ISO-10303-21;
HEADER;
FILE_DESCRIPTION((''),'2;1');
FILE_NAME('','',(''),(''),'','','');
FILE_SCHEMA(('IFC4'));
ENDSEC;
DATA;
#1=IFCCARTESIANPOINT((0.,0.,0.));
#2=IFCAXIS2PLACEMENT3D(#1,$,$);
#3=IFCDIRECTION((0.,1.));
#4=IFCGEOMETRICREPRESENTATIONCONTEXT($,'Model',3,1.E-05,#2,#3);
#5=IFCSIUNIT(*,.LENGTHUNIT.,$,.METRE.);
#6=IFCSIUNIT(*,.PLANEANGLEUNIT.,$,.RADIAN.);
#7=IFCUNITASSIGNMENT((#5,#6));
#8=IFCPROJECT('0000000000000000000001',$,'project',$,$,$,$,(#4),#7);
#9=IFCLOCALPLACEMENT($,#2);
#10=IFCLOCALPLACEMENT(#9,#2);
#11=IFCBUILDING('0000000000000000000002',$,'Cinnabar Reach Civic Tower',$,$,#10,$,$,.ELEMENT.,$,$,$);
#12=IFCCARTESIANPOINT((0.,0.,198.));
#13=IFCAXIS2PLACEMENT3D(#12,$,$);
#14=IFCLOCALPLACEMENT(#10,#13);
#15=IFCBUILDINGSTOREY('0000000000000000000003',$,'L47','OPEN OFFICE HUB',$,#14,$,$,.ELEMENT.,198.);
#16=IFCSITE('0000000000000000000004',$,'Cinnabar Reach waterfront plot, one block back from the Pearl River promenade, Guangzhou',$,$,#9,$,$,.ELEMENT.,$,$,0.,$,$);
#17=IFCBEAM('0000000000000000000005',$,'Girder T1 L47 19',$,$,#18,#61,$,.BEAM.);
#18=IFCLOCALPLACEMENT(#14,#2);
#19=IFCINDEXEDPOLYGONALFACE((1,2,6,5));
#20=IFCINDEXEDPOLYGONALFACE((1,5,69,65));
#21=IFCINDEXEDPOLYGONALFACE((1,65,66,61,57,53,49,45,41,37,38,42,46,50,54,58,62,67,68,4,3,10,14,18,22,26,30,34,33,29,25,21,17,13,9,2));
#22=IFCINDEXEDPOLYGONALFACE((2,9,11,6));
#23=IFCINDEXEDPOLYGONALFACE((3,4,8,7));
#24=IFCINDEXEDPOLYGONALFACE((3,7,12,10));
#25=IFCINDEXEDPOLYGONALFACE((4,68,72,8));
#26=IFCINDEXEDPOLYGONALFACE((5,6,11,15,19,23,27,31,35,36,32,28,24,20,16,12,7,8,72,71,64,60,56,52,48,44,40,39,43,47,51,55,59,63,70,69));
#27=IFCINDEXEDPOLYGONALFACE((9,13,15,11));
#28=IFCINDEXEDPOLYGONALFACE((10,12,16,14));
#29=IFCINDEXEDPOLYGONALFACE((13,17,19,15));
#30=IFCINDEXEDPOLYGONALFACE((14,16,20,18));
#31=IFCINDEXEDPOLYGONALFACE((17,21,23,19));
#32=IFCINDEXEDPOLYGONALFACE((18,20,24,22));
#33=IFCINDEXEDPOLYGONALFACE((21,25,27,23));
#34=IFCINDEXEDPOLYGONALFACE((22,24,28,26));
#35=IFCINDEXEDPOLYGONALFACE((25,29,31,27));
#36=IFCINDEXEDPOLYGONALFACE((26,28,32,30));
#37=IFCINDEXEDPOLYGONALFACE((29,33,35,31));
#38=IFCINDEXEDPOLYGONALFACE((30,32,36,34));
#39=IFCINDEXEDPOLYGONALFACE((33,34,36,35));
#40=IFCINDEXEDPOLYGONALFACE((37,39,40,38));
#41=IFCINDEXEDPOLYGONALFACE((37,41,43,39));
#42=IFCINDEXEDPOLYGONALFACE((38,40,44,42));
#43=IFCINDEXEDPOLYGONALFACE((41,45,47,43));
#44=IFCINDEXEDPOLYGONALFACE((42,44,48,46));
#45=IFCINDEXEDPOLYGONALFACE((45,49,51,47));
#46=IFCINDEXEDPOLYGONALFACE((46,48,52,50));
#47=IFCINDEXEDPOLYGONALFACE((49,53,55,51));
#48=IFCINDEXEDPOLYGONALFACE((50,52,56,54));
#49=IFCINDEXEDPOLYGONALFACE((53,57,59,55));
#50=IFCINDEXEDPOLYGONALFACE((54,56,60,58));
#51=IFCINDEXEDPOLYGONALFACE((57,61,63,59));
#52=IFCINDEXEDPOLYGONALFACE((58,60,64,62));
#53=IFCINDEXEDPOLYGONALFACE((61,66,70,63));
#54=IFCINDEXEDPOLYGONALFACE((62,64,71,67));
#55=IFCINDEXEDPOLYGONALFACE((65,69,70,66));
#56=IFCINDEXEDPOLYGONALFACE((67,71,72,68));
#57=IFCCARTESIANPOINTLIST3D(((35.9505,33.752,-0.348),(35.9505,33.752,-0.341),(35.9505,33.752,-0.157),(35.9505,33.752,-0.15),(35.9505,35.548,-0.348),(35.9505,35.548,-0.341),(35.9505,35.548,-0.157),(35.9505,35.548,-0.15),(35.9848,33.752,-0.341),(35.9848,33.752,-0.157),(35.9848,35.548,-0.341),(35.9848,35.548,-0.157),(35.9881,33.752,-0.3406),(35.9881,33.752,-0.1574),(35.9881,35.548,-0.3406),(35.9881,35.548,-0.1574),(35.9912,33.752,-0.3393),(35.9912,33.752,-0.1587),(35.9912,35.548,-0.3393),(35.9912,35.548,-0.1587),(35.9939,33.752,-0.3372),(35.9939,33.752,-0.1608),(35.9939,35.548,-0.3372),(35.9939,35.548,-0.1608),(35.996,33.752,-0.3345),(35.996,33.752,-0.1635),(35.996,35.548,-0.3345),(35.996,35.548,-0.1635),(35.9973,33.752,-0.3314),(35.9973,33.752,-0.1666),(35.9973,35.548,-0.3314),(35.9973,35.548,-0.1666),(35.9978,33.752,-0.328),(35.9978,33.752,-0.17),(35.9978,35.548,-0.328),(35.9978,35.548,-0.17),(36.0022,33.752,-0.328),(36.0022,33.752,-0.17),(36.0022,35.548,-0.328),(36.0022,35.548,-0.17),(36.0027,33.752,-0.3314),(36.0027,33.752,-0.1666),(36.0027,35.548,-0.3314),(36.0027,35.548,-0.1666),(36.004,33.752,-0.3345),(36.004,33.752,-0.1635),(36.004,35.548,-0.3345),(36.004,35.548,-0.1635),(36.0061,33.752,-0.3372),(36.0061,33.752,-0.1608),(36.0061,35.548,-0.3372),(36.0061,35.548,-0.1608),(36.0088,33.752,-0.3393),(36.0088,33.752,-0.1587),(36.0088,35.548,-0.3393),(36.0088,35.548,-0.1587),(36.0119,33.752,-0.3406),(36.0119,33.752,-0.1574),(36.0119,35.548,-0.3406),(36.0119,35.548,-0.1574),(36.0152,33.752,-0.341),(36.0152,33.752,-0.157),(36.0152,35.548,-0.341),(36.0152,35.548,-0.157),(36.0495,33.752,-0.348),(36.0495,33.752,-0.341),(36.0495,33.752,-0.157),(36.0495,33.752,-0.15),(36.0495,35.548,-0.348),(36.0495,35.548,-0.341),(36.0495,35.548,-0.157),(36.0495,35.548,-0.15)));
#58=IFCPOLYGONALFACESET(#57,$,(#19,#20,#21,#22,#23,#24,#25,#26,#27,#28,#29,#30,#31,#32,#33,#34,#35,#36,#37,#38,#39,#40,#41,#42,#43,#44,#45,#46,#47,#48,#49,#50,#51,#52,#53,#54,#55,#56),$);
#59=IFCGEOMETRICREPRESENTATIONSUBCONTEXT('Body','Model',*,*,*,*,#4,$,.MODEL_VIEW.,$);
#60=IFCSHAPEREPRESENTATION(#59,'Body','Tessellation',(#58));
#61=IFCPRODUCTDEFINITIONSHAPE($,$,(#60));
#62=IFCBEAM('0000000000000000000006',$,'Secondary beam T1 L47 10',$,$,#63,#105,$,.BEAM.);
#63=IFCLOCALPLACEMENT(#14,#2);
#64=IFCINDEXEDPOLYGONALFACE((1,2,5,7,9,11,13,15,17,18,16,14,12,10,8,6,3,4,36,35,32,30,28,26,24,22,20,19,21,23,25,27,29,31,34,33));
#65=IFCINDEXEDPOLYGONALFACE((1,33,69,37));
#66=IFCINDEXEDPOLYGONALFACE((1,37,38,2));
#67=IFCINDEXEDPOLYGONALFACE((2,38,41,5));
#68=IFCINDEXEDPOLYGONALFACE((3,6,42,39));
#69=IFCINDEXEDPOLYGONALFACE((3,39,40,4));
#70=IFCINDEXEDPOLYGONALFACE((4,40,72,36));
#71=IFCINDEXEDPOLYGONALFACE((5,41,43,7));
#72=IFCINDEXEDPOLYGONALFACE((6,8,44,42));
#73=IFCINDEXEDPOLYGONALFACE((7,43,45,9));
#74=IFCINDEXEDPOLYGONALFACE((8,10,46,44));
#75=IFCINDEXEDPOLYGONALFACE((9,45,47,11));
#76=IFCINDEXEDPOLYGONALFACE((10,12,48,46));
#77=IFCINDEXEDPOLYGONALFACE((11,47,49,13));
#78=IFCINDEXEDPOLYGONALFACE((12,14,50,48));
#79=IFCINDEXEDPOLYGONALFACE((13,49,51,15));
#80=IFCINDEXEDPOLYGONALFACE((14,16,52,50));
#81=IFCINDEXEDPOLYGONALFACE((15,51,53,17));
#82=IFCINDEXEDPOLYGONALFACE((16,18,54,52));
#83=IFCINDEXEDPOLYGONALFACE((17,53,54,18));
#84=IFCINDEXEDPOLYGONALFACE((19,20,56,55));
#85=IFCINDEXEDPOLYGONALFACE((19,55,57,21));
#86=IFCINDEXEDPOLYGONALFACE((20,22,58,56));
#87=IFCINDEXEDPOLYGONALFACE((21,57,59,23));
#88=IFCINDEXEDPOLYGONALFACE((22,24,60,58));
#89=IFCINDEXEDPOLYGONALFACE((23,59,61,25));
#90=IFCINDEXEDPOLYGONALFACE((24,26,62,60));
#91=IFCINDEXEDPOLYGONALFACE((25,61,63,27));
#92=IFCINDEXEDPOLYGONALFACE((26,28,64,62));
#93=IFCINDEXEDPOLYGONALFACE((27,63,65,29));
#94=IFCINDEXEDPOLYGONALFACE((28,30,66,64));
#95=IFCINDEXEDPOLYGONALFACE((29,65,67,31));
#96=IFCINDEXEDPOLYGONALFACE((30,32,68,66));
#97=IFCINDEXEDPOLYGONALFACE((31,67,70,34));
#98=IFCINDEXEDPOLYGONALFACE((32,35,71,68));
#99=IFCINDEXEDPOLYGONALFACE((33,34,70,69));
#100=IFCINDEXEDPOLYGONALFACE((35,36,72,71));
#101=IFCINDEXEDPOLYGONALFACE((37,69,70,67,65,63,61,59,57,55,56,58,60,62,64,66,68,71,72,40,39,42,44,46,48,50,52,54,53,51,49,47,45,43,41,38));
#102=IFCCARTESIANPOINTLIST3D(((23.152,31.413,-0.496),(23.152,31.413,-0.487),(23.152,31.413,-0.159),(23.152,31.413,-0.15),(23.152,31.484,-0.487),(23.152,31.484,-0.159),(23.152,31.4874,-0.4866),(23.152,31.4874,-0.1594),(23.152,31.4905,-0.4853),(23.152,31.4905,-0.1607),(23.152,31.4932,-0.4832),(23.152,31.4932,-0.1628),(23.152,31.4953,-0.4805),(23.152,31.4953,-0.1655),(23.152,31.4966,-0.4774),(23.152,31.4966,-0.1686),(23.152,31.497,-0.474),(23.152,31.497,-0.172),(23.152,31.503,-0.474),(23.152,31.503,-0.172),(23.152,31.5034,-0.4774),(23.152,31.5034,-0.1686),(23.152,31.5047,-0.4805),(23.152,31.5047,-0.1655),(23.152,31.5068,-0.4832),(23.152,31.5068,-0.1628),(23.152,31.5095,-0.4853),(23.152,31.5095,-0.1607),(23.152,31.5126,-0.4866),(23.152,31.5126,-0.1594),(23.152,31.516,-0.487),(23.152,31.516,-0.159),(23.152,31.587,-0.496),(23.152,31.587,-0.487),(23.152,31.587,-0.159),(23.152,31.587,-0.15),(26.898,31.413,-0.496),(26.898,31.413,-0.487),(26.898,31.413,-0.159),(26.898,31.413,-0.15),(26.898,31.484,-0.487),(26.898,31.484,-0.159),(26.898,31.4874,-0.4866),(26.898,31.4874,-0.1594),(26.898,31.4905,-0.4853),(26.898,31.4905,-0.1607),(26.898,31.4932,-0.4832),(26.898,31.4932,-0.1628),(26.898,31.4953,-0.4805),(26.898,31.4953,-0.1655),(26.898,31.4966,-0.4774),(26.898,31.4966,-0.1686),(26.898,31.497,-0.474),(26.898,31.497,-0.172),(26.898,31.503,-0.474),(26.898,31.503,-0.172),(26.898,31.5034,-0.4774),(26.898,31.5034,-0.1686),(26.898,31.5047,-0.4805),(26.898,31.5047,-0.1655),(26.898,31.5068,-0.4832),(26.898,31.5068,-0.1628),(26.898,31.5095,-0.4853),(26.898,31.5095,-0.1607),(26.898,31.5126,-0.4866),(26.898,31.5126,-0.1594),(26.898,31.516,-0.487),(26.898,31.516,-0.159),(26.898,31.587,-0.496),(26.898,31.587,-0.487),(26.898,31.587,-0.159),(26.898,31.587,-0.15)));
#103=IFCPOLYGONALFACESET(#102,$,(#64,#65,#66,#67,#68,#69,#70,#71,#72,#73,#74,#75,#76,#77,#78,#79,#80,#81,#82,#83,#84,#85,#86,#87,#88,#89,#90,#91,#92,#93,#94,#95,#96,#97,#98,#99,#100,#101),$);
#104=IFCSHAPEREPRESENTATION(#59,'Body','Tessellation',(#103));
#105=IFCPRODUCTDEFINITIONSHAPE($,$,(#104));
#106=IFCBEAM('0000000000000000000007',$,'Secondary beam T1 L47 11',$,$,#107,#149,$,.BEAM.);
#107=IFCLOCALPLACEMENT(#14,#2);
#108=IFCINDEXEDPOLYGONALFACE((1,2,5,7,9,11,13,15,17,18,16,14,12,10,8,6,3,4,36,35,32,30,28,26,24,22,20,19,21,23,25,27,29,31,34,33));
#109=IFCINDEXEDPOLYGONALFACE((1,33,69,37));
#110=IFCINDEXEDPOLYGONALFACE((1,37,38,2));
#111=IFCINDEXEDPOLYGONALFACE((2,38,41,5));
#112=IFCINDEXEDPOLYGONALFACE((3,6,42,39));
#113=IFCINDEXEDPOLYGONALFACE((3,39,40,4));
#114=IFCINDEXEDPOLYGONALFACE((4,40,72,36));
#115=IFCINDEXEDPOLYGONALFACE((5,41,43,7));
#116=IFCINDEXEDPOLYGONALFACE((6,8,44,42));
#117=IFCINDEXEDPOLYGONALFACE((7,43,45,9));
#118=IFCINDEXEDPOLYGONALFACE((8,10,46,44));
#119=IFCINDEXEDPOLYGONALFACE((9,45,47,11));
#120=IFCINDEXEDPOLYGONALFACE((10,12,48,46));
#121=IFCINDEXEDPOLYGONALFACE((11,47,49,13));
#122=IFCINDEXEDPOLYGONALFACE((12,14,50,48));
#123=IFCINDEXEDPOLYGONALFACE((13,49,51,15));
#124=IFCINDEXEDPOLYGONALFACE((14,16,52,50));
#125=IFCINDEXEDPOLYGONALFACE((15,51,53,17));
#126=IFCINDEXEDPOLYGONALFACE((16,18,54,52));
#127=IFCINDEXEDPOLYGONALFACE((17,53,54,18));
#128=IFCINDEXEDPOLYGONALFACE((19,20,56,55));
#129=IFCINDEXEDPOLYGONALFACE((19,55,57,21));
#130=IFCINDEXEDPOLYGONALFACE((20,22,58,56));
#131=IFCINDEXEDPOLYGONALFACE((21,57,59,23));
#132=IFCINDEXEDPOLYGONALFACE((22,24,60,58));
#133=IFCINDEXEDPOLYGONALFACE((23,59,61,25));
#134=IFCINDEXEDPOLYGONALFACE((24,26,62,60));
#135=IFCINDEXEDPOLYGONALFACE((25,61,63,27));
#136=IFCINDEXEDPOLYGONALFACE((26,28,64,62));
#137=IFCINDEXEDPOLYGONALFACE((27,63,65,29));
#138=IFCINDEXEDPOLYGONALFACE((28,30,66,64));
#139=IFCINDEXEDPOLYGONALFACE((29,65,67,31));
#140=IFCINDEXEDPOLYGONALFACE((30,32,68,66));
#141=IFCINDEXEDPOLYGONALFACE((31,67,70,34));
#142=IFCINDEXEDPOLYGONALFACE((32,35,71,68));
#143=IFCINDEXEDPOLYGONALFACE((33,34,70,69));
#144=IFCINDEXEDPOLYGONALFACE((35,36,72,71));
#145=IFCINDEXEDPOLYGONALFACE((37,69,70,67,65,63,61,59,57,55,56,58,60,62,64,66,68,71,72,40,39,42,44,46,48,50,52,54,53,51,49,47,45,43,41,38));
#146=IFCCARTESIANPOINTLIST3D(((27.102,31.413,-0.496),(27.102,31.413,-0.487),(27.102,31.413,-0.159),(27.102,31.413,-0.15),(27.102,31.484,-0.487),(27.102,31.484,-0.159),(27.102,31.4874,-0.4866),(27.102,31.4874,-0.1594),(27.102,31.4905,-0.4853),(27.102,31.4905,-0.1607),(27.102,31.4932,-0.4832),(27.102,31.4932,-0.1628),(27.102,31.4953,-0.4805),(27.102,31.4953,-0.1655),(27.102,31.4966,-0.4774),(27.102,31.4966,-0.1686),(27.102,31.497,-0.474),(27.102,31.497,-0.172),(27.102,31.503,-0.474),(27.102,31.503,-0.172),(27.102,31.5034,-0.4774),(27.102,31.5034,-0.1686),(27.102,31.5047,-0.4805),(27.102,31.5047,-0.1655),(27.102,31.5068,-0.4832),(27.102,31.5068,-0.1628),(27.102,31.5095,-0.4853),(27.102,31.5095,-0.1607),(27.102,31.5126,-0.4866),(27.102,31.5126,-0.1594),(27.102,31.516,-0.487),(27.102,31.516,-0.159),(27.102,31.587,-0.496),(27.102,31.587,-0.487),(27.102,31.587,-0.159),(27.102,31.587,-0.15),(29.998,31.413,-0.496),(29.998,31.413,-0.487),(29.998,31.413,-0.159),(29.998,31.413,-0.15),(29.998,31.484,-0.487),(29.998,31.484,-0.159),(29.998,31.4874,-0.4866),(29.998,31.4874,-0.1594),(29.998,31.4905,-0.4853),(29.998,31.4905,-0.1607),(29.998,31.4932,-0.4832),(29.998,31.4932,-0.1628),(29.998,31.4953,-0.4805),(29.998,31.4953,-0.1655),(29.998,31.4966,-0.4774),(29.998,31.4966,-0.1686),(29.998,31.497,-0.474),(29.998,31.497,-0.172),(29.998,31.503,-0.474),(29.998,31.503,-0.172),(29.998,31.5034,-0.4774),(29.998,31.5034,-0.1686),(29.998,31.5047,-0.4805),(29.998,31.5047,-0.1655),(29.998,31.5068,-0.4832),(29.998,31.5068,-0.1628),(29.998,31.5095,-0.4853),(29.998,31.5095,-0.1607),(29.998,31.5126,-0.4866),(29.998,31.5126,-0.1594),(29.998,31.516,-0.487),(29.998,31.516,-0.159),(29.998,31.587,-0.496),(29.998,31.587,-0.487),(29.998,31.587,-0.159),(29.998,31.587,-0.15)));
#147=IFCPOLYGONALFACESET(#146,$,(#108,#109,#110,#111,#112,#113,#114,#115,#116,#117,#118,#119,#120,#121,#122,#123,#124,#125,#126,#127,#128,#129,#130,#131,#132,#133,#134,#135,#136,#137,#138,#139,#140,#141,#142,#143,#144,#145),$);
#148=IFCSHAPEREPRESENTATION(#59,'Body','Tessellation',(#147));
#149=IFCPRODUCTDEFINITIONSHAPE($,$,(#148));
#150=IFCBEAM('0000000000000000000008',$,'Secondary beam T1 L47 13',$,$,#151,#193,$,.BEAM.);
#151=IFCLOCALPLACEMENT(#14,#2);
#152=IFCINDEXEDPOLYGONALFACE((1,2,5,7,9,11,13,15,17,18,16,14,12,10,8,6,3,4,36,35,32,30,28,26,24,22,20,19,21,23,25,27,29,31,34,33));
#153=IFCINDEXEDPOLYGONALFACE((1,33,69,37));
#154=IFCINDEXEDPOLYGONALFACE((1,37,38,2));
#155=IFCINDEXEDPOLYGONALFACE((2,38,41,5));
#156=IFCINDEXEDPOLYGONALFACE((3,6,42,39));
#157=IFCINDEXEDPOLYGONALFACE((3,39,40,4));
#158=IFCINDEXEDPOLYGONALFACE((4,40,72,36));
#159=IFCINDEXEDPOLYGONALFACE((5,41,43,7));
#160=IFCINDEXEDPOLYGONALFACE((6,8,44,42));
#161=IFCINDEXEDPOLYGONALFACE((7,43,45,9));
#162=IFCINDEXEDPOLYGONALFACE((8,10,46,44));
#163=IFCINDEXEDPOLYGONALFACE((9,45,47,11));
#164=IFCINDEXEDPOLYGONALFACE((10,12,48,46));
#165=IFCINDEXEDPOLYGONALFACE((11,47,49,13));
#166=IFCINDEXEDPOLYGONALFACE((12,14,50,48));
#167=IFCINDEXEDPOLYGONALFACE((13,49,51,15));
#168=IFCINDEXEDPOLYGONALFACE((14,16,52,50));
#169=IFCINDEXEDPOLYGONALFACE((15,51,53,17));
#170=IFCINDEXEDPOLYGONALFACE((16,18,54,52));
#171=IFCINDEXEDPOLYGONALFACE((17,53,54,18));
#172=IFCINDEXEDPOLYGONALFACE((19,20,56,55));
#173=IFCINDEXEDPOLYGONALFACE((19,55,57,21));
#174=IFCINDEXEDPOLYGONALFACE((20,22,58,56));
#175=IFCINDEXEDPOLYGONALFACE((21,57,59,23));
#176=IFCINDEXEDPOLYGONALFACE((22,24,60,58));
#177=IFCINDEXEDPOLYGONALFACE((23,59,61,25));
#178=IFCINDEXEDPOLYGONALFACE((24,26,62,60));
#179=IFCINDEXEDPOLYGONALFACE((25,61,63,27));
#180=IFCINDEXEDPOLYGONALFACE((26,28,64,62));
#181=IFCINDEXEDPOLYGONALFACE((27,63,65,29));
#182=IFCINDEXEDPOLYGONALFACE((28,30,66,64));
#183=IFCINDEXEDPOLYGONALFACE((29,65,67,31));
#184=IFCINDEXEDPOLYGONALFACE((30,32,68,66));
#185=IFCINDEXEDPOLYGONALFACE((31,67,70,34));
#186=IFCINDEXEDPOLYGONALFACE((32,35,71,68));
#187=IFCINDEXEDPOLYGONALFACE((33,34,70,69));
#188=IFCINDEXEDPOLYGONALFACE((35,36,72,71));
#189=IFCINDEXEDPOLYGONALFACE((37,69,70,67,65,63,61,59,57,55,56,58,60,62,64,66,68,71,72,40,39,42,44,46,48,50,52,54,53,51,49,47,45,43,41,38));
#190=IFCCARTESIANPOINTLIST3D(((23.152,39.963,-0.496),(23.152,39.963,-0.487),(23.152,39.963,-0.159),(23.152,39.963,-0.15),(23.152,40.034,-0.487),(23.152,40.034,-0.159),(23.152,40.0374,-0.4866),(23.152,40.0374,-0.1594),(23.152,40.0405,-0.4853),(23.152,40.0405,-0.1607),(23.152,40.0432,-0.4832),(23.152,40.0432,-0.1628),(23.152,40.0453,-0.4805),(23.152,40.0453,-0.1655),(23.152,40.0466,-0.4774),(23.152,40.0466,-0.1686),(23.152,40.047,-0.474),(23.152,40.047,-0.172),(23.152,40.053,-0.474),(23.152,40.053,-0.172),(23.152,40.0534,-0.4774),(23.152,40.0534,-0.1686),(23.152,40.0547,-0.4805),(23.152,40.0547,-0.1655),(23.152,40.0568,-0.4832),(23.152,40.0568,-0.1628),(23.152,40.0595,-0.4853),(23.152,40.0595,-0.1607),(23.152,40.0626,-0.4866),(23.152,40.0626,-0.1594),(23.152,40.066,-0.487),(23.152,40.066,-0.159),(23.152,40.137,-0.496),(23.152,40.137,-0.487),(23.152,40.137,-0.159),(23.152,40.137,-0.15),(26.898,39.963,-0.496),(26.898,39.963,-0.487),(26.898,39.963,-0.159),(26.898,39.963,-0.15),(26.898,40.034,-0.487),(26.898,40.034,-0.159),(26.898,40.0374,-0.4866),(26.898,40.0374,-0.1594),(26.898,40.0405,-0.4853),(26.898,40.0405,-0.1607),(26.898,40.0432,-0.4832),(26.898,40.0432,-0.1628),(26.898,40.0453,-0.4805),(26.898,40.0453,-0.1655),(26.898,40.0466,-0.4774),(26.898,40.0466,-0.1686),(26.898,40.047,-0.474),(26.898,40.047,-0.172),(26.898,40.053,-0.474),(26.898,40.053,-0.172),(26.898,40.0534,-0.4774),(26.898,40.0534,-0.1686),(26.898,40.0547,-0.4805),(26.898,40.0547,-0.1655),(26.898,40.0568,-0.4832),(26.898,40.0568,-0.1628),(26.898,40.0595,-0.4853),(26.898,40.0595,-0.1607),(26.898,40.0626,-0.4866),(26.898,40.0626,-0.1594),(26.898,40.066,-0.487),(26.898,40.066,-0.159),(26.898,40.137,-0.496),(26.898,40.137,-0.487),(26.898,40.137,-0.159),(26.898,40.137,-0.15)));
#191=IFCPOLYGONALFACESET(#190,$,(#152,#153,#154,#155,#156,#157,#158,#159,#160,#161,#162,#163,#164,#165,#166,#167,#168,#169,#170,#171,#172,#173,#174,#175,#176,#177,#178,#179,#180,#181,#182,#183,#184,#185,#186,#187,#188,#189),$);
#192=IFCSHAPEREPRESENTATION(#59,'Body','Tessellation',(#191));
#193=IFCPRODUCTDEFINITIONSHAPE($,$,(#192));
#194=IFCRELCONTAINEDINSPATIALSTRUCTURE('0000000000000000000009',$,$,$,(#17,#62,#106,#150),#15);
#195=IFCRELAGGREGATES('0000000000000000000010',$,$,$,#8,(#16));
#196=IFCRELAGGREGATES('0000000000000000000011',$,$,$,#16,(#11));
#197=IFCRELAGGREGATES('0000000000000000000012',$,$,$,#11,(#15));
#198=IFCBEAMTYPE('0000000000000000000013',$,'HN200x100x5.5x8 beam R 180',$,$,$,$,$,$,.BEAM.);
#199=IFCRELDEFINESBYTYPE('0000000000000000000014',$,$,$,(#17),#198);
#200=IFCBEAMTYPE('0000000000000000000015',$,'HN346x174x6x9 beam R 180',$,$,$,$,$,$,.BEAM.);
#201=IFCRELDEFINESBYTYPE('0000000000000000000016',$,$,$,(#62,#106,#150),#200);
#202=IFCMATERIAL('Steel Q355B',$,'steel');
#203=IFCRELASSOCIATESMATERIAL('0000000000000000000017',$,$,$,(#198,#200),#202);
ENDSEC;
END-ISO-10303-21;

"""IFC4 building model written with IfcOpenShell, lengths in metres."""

from ifc_helpers import new_model, si_unit, direction, frame, origin, origin_2d, place, context, subcontext, project, spatial, i_section, extrude, material, material_profile, profile_set, type_object, element, save


model = new_model("IFC4")

# Units and contexts
model_context = context("Model", 3, precision=1e-05, world=origin(), true_north=direction((0.0, 1.0)))
body_context = subcontext(model_context, "Body", "Model", "MODEL_VIEW")
ifc_project = project(units=[si_unit("LENGTHUNIT", "METRE"), si_unit("PLANEANGLEUNIT", "RADIAN")], contexts=[model_context])

# Site, building, storey
site_placement = place(None, origin())
site = spatial("IfcSite", under=ifc_project, at=site_placement, Name="Cinnabar Reach waterfront plot, one block back from the Pearl River promenade, Guangzhou", CompositionType="ELEMENT", RefElevation=0.0)
building_placement = place(site_placement, origin())
building = spatial("IfcBuilding", under=site, at=building_placement, Name="Cinnabar Reach Civic Tower", CompositionType="ELEMENT")
storey_placement = place(building_placement, frame((0.0, 0.0, 198.0)))
storey = spatial("IfcBuildingStorey", under=building, at=storey_placement, Name="L47", Description="OPEN OFFICE HUB", CompositionType="ELEMENT", Elevation=198.0)

# Beams
ifc_material_1 = material(Name="Steel Q355B", Category="steel")
ifc_material_profile_1 = material_profile(ifc_material_1, i_section(OverallWidth=0.099, OverallDepth=0.198, WebThickness=0.0045, FlangeThickness=0.007, FilletRadius=0.013, at=origin_2d()), Name="HN200x100x5.5x8")
ifc_profile_set_1 = profile_set([ifc_material_profile_1], Name="Steel Q355B")
beam_type_1 = type_object("IfcBeamType", Name="HN200x100x5.5x8 beam R 180", PredefinedType="BEAM", material=ifc_profile_set_1)
beam_1_placement = place(storey_placement, frame((36.0, 33.752, -0.249), z_axis=(0.0, 1.0, 0.0), x_axis=(-1.0, 0.0, 0.0)))
element("IfcBeam", 1, at=beam_1_placement, inside=storey, type_object=beam_type_1, Name="Girder T1 L47 19", PredefinedType="BEAM", context=body_context, shape_type="SweptSolid", body=[
    extrude(i_section(OverallWidth=0.099, OverallDepth=0.198, WebThickness=0.0045, FlangeThickness=0.007, FilletRadius=0.013, at=origin_2d()), origin(), (0.0, 0.0, 1.0), 1.796),
])
ifc_material_profile_2 = material_profile(ifc_material_1, i_section(OverallWidth=0.174, OverallDepth=0.346, WebThickness=0.006, FlangeThickness=0.009, FilletRadius=0.013, at=origin_2d()), Name="HN346x174x6x9")
ifc_profile_set_2 = profile_set([ifc_material_profile_2], Name="Steel Q355B")
beam_type_2 = type_object("IfcBeamType", Name="HN346x174x6x9 beam R 180", PredefinedType="BEAM", material=ifc_profile_set_2)
beam_2_placement = place(storey_placement, frame((23.152, 31.5, -0.323), z_axis=(1.0, 0.0, 0.0), x_axis=(0.0, 1.0, 0.0)))
element("IfcBeam", 2, at=beam_2_placement, inside=storey, type_object=beam_type_2, Name="Secondary beam T1 L47 10", PredefinedType="BEAM", context=body_context, shape_type="SweptSolid", body=[
    extrude(i_section(OverallWidth=0.174, OverallDepth=0.346, WebThickness=0.006, FlangeThickness=0.009, FilletRadius=0.013, at=origin_2d()), origin(), (0.0, 0.0, 1.0), 3.746),
])
beam_3_placement = place(storey_placement, frame((27.102, 31.5, -0.323), z_axis=(1.0, 0.0, 0.0), x_axis=(0.0, 1.0, 0.0)))
element("IfcBeam", 3, at=beam_3_placement, inside=storey, type_object=beam_type_2, Name="Secondary beam T1 L47 11", PredefinedType="BEAM", context=body_context, shape_type="SweptSolid", body=[
    extrude(i_section(OverallWidth=0.174, OverallDepth=0.346, WebThickness=0.006, FlangeThickness=0.009, FilletRadius=0.013, at=origin_2d()), origin(), (0.0, 0.0, 1.0), 2.896),
])
beam_4_placement = place(storey_placement, frame((23.152, 40.05, -0.323), z_axis=(1.0, 0.0, 0.0), x_axis=(0.0, 1.0, 0.0)))
element("IfcBeam", 4, at=beam_4_placement, inside=storey, type_object=beam_type_2, Name="Secondary beam T1 L47 13", PredefinedType="BEAM", context=body_context, shape_type="SweptSolid", body=[
    extrude(i_section(OverallWidth=0.174, OverallDepth=0.346, WebThickness=0.006, FlangeThickness=0.009, FilletRadius=0.013, at=origin_2d()), origin(), (0.0, 0.0, 1.0), 3.746),
])

save(model, "model.ifc")
